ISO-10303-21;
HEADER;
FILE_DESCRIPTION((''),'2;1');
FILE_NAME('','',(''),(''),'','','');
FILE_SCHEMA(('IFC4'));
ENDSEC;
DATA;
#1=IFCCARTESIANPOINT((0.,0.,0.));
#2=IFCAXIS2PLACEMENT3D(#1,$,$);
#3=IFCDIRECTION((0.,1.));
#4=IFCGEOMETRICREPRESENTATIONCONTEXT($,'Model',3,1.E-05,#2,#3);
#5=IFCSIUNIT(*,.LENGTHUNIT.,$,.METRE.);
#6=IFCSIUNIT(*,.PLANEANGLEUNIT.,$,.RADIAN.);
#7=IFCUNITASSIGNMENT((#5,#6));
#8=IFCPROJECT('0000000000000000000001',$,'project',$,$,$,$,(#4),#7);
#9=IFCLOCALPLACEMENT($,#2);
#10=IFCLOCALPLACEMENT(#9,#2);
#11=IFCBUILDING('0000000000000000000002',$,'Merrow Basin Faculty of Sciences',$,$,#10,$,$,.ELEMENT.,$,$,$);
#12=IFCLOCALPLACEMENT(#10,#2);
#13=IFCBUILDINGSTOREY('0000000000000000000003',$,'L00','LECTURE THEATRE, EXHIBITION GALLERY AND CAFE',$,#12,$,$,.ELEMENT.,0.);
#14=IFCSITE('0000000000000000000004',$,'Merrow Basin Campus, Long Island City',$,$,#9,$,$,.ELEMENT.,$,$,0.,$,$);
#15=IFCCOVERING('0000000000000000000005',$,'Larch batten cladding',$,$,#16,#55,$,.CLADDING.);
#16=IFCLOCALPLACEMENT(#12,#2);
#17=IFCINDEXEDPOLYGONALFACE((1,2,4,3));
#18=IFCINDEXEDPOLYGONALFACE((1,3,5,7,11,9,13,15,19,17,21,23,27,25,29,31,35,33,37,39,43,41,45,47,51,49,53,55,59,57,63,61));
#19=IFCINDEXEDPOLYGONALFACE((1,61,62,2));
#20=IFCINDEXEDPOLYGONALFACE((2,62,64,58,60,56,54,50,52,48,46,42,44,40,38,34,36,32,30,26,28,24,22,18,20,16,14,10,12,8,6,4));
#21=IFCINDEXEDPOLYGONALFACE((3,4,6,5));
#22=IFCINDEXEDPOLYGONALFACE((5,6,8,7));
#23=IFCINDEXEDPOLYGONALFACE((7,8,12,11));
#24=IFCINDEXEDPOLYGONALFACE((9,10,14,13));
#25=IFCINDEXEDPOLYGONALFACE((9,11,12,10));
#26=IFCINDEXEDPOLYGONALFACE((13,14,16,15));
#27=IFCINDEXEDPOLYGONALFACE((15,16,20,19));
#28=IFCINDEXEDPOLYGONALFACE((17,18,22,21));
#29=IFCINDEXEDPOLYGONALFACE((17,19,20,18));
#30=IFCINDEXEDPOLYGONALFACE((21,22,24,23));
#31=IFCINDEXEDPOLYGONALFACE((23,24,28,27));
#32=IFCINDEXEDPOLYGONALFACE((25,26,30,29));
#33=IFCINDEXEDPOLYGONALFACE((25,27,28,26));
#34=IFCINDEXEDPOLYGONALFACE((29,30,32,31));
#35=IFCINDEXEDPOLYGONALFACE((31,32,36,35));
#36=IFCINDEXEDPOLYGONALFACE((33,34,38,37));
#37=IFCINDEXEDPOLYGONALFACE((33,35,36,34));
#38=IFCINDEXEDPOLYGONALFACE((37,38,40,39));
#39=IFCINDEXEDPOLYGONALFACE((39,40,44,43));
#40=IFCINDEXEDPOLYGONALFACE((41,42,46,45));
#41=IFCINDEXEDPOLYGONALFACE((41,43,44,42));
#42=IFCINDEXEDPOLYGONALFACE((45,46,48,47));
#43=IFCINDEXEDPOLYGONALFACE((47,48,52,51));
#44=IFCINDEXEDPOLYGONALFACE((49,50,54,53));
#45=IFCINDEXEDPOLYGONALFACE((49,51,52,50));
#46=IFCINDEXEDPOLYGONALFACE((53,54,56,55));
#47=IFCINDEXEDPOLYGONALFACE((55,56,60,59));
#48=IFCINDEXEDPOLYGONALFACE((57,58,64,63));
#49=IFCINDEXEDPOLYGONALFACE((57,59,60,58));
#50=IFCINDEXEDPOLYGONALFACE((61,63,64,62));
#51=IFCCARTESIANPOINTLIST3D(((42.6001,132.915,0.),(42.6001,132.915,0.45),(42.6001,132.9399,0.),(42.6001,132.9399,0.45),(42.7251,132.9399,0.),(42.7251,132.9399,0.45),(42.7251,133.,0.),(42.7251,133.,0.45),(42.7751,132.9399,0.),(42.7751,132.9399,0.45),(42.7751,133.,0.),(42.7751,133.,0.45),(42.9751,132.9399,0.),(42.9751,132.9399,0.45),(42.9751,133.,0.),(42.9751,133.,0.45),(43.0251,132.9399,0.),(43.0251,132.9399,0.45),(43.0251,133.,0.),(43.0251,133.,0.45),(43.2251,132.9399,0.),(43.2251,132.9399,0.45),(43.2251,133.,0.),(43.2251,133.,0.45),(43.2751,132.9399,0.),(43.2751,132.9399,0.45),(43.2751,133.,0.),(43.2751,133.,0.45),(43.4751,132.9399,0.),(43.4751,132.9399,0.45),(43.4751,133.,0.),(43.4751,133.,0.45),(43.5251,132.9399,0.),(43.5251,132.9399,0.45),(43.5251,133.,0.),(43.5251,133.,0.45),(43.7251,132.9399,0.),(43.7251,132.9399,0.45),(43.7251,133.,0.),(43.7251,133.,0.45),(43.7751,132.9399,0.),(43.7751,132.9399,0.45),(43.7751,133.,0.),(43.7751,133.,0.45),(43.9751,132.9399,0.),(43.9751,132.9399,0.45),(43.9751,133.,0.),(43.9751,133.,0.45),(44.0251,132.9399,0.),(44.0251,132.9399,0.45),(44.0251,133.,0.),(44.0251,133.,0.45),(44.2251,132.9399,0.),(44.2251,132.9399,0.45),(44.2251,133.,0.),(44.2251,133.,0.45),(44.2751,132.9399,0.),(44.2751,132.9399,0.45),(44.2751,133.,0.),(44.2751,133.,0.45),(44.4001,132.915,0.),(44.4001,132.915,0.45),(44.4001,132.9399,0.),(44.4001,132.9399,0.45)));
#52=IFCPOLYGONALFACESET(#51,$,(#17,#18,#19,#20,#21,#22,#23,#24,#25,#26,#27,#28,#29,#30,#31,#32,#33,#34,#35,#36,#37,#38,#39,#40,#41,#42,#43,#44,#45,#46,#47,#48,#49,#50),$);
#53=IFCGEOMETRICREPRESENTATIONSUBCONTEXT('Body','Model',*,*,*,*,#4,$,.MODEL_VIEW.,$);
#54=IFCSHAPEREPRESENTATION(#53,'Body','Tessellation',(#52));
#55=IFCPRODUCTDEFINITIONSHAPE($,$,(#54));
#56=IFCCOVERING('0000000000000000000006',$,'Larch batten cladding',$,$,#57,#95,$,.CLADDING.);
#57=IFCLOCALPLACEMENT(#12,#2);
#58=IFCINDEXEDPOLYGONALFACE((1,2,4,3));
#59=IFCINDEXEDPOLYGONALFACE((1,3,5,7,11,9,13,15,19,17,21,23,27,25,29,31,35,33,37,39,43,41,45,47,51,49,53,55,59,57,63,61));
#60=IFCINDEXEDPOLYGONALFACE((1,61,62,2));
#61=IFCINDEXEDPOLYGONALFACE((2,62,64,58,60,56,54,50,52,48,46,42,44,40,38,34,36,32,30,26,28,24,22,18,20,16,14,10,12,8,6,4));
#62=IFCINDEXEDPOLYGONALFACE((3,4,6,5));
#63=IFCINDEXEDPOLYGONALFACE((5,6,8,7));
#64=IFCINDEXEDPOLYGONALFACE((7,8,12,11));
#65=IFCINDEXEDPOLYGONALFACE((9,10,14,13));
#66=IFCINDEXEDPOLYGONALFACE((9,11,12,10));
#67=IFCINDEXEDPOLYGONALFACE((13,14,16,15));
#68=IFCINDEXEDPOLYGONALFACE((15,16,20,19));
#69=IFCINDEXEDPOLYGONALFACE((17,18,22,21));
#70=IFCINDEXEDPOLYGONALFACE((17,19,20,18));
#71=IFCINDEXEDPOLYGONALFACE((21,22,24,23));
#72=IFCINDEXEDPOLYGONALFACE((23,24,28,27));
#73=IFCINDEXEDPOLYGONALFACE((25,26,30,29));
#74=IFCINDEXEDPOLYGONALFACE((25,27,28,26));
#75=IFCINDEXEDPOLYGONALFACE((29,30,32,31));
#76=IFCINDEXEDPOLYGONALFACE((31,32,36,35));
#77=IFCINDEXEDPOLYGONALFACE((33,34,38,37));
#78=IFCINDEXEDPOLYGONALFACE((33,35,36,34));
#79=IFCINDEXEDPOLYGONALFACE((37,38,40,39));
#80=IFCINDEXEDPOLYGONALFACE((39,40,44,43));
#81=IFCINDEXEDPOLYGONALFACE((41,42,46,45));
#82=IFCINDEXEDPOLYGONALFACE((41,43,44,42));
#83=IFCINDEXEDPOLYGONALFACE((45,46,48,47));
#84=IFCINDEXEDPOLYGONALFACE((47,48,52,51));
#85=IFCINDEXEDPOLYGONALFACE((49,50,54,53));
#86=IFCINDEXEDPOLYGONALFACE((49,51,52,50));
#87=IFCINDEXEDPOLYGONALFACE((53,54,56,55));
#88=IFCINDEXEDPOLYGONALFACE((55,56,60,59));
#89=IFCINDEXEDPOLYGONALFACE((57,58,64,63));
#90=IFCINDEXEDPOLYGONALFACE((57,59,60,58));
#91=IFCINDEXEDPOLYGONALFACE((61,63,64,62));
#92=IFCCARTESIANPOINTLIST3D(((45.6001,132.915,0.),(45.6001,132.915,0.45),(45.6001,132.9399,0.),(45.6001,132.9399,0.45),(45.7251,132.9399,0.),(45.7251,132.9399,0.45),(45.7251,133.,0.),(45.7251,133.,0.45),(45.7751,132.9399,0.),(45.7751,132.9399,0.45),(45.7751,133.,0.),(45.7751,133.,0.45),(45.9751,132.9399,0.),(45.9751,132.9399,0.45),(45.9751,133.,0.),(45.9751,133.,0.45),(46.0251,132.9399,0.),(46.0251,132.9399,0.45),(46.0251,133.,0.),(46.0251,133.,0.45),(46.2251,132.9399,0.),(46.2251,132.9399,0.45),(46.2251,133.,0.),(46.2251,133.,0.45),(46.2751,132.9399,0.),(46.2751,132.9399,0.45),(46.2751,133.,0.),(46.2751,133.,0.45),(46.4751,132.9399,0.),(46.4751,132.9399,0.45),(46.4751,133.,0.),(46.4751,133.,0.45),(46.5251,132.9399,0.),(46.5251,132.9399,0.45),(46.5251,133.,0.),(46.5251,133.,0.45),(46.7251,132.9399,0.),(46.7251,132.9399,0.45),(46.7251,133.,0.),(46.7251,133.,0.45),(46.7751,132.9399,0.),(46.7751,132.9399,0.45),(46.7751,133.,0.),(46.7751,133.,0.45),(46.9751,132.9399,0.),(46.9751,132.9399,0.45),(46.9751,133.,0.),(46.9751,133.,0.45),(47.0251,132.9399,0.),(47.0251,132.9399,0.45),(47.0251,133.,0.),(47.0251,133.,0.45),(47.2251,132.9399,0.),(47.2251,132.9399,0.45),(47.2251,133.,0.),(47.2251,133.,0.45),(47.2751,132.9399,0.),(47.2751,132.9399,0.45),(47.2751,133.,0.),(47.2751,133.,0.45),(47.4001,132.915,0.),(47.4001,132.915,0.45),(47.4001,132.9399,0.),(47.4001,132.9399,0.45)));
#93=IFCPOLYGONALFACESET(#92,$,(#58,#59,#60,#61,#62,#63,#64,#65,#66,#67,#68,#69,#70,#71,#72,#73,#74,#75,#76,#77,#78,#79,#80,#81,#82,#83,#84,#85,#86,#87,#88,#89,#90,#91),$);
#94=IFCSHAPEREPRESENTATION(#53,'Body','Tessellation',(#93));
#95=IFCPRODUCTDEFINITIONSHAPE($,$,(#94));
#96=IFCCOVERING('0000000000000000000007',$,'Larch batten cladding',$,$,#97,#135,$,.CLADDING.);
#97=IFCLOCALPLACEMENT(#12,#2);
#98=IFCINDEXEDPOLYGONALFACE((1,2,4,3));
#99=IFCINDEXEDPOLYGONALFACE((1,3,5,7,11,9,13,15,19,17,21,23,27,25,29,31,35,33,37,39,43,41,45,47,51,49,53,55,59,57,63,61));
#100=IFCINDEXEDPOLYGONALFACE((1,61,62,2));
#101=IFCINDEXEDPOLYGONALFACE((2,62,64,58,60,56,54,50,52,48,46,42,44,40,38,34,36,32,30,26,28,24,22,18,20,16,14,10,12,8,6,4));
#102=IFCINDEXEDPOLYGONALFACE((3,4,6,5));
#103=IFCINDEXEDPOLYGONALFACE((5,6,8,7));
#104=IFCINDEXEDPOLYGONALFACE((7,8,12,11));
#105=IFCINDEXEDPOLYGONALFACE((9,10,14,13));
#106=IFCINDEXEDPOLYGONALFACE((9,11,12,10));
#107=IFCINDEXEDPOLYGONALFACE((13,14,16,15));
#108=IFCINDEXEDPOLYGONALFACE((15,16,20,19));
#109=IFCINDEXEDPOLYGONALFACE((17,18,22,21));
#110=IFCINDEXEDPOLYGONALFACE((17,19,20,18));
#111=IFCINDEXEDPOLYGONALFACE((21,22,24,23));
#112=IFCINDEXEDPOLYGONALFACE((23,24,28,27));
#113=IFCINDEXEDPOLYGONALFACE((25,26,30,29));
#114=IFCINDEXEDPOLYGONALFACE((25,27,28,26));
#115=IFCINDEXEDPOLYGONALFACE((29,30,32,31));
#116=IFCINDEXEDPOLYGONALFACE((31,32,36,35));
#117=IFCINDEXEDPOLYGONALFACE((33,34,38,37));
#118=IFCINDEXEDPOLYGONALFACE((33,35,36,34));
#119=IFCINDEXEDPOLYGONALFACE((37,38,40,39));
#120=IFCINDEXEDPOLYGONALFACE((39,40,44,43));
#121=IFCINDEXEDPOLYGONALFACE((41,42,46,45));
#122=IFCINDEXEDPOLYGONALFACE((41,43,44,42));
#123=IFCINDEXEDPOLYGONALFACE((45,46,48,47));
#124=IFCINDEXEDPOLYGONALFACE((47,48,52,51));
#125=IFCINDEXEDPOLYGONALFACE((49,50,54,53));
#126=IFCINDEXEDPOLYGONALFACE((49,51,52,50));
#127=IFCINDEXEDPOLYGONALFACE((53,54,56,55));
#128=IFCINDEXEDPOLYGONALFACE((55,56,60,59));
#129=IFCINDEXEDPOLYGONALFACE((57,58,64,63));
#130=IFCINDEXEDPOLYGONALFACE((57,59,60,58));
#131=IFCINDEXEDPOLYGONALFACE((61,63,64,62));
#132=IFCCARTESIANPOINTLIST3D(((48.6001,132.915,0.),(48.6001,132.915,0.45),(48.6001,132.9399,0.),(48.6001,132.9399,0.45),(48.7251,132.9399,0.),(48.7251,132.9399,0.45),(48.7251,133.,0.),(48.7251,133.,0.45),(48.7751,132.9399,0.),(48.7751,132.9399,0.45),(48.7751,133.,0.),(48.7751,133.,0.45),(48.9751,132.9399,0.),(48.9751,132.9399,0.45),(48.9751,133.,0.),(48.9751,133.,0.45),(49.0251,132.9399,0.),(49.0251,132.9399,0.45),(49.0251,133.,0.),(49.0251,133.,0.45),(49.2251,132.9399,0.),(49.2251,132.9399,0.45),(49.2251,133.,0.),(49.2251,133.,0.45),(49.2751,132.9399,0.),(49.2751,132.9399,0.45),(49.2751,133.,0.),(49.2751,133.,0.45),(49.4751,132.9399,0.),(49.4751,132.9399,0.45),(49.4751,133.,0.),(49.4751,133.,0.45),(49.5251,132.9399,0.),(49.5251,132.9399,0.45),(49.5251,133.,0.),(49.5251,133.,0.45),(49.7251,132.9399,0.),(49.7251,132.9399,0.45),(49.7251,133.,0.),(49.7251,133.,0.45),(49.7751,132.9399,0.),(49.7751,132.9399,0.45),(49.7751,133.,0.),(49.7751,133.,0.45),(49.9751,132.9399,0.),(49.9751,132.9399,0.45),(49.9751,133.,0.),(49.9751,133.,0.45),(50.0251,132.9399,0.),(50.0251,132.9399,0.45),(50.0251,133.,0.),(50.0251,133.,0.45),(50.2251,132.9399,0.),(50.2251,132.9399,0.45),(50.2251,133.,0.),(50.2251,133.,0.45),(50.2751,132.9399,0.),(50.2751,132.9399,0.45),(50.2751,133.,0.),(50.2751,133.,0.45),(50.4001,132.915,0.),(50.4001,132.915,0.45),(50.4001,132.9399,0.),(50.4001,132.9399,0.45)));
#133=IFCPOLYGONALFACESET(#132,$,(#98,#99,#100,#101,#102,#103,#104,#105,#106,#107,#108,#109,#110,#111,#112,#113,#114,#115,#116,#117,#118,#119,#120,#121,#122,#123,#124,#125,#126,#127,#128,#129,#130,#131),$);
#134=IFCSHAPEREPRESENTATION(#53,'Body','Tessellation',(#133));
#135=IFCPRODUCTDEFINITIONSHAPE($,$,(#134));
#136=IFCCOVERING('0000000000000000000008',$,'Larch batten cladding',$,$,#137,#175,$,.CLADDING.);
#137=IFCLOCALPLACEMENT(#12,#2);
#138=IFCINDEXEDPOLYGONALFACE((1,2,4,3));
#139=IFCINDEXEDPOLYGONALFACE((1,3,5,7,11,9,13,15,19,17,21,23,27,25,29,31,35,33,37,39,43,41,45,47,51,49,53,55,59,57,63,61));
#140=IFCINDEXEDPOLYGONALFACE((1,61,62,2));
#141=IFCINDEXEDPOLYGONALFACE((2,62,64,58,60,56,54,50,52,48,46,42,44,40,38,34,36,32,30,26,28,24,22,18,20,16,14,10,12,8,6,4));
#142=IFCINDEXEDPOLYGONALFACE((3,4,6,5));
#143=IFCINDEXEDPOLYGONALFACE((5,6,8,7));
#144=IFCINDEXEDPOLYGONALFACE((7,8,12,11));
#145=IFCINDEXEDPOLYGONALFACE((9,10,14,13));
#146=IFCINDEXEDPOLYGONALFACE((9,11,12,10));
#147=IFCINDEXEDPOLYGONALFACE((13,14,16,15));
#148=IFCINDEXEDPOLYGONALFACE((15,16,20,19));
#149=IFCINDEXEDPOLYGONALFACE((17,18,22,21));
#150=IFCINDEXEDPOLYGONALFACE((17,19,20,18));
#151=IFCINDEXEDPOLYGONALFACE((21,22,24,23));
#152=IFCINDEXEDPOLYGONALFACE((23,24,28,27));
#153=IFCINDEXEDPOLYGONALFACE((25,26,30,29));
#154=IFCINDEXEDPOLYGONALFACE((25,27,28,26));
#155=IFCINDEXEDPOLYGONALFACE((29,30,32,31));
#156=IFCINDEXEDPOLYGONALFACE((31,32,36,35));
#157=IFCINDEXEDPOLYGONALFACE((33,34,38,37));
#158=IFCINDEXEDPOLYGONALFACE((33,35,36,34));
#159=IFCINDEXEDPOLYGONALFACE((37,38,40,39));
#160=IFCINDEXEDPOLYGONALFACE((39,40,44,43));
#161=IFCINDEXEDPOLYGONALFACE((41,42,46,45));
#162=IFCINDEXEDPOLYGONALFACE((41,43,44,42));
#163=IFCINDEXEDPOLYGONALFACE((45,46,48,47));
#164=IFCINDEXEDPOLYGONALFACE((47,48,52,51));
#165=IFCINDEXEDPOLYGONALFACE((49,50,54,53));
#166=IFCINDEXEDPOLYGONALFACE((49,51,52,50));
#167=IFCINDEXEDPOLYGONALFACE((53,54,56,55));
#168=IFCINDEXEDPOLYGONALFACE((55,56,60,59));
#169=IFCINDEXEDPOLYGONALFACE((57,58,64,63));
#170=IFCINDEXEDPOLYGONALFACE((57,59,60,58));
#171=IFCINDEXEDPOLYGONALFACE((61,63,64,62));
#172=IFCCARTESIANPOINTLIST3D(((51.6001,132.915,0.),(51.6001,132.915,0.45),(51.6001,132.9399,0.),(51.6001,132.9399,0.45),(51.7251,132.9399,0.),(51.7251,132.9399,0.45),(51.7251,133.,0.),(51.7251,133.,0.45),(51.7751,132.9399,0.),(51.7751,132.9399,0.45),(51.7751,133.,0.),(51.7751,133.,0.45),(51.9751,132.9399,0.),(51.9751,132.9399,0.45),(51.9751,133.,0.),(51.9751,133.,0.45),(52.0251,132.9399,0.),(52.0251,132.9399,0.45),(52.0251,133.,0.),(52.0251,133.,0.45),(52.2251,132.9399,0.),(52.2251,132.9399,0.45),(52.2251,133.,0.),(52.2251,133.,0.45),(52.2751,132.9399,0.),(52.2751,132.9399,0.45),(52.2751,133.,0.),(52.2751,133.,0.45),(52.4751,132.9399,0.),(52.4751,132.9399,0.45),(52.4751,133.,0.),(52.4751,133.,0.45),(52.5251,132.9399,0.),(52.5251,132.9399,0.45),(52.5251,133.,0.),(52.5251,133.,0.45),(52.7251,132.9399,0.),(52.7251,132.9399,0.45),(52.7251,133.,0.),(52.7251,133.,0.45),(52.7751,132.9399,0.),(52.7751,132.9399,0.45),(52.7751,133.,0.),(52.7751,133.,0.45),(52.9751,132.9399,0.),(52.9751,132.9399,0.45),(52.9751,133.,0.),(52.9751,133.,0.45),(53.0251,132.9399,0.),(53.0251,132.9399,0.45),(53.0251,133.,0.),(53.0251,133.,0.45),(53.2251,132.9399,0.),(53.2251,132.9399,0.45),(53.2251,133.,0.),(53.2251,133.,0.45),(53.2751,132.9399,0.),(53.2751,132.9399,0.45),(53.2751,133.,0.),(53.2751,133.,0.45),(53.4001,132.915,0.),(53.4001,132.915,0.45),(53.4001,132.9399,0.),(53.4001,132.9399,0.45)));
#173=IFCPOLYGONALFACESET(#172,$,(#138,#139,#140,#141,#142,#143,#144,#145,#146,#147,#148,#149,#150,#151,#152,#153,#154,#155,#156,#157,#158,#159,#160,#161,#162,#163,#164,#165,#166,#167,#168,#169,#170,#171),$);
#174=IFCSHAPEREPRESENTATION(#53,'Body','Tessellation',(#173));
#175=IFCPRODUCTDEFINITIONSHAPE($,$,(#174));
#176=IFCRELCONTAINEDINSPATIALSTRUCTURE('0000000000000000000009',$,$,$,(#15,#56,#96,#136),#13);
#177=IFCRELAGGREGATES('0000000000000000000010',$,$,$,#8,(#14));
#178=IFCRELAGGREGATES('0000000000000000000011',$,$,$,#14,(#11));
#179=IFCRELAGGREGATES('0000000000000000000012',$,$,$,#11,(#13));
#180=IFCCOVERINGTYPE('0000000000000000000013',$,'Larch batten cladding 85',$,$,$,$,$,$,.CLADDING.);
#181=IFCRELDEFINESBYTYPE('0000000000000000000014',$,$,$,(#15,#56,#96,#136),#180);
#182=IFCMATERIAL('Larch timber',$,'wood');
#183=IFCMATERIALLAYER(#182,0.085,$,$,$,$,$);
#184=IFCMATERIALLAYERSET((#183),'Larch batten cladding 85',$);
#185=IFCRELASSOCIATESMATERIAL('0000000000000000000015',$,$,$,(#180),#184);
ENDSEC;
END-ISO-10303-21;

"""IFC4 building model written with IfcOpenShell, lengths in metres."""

from ifc_helpers import new_model, si_unit, direction, frame, origin, place, context, subcontext, project, spatial, polyline, outline, extrude, source, transform, mapped, material, layer, layer_set, type_object, element, save


model = new_model("IFC4")

# Units and contexts
model_context = context("Model", 3, precision=1e-05, world=origin(), true_north=direction((0.0, 1.0)))
body_context = subcontext(model_context, "Body", "Model", "MODEL_VIEW")
ifc_project = project(units=[si_unit("LENGTHUNIT", "METRE"), si_unit("PLANEANGLEUNIT", "RADIAN")], contexts=[model_context])

# Site, building, storey
site_placement = place(None, origin())
site = spatial("IfcSite", under=ifc_project, at=site_placement, Name="Merrow Basin Campus, Long Island City", CompositionType="ELEMENT", RefElevation=0.0)
building_placement = place(site_placement, origin())
building = spatial("IfcBuilding", under=site, at=building_placement, Name="Merrow Basin Faculty of Sciences", CompositionType="ELEMENT")
storey_placement = place(building_placement, origin())
storey = spatial("IfcBuildingStorey", under=building, at=storey_placement, Name="L00", Description="LECTURE THEATRE, EXHIBITION GALLERY AND CAFE", CompositionType="ELEMENT", Elevation=0.0)

# Coverings
ifc_material_1 = material(Name="Larch timber", Category="wood")
ifc_layer_1 = layer(ifc_material_1, 0.085)
ifc_layer_set_1 = layer_set([ifc_layer_1], Name="Larch batten cladding 85")
covering_type = type_object("IfcCoveringType", Name="Larch batten cladding 85", PredefinedType="CLADDING", material=ifc_layer_set_1)
shared_shape_1 = source(origin(), body_context, "Body", "SweptSolid", [
    extrude(outline(polyline([(0.0, 0.0), (1.8, 0.0), (1.8, 0.0249), (1.675, 0.0249), (1.675, 0.085), (1.625, 0.085), (1.625, 0.0249), (1.425, 0.0249), (1.425, 0.085), (1.375, 0.085), (1.375, 0.0249), (1.175, 0.0249), (1.175, 0.085), (1.125, 0.085), (1.125, 0.0249), (0.925, 0.0249), (0.925, 0.085), (0.875, 0.085), (0.875, 0.0249), (0.675, 0.0249), (0.675, 0.085), (0.625, 0.085), (0.625, 0.0249), (0.425, 0.0249), (0.425, 0.085), (0.375, 0.085), (0.375, 0.0249), (0.175, 0.0249), (0.175, 0.085), (0.125, 0.085), (0.125, 0.0249), (0.0, 0.0249), (0.0, 0.0)])), origin(), (0.0, 0.0, 1.0), 0.45),
])
for number, where, z_axis, x_axis, name in (
    (1, (42.6001, 132.915, 0.0), (0.0, 0.0, 1.0), (1.0, 0.0, 0.0), "Larch batten cladding"),
    (2, (45.6001, 132.915, 0.0), (0.0, 0.0, 1.0), (1.0, 0.0, 0.0), "Larch batten cladding"),
    (3, (48.6001, 132.915, 0.0), (0.0, 0.0, 1.0), (1.0, 0.0, 0.0), "Larch batten cladding"),
    (4, (51.6001, 132.915, 0.0), (0.0, 0.0, 1.0), (1.0, 0.0, 0.0), "Larch batten cladding"),
):
    element("IfcCovering", number, at=place(storey_placement, frame(where, z_axis=z_axis, x_axis=x_axis)), inside=storey, type_object=covering_type, Name=name, PredefinedType="CLADDING", context=body_context, shape_type="MappedRepresentation", body=[
        mapped(shared_shape_1, transform((0.0, 0.0, 0.0), scale=1.0)),
    ])

save(model, "model.ifc")
